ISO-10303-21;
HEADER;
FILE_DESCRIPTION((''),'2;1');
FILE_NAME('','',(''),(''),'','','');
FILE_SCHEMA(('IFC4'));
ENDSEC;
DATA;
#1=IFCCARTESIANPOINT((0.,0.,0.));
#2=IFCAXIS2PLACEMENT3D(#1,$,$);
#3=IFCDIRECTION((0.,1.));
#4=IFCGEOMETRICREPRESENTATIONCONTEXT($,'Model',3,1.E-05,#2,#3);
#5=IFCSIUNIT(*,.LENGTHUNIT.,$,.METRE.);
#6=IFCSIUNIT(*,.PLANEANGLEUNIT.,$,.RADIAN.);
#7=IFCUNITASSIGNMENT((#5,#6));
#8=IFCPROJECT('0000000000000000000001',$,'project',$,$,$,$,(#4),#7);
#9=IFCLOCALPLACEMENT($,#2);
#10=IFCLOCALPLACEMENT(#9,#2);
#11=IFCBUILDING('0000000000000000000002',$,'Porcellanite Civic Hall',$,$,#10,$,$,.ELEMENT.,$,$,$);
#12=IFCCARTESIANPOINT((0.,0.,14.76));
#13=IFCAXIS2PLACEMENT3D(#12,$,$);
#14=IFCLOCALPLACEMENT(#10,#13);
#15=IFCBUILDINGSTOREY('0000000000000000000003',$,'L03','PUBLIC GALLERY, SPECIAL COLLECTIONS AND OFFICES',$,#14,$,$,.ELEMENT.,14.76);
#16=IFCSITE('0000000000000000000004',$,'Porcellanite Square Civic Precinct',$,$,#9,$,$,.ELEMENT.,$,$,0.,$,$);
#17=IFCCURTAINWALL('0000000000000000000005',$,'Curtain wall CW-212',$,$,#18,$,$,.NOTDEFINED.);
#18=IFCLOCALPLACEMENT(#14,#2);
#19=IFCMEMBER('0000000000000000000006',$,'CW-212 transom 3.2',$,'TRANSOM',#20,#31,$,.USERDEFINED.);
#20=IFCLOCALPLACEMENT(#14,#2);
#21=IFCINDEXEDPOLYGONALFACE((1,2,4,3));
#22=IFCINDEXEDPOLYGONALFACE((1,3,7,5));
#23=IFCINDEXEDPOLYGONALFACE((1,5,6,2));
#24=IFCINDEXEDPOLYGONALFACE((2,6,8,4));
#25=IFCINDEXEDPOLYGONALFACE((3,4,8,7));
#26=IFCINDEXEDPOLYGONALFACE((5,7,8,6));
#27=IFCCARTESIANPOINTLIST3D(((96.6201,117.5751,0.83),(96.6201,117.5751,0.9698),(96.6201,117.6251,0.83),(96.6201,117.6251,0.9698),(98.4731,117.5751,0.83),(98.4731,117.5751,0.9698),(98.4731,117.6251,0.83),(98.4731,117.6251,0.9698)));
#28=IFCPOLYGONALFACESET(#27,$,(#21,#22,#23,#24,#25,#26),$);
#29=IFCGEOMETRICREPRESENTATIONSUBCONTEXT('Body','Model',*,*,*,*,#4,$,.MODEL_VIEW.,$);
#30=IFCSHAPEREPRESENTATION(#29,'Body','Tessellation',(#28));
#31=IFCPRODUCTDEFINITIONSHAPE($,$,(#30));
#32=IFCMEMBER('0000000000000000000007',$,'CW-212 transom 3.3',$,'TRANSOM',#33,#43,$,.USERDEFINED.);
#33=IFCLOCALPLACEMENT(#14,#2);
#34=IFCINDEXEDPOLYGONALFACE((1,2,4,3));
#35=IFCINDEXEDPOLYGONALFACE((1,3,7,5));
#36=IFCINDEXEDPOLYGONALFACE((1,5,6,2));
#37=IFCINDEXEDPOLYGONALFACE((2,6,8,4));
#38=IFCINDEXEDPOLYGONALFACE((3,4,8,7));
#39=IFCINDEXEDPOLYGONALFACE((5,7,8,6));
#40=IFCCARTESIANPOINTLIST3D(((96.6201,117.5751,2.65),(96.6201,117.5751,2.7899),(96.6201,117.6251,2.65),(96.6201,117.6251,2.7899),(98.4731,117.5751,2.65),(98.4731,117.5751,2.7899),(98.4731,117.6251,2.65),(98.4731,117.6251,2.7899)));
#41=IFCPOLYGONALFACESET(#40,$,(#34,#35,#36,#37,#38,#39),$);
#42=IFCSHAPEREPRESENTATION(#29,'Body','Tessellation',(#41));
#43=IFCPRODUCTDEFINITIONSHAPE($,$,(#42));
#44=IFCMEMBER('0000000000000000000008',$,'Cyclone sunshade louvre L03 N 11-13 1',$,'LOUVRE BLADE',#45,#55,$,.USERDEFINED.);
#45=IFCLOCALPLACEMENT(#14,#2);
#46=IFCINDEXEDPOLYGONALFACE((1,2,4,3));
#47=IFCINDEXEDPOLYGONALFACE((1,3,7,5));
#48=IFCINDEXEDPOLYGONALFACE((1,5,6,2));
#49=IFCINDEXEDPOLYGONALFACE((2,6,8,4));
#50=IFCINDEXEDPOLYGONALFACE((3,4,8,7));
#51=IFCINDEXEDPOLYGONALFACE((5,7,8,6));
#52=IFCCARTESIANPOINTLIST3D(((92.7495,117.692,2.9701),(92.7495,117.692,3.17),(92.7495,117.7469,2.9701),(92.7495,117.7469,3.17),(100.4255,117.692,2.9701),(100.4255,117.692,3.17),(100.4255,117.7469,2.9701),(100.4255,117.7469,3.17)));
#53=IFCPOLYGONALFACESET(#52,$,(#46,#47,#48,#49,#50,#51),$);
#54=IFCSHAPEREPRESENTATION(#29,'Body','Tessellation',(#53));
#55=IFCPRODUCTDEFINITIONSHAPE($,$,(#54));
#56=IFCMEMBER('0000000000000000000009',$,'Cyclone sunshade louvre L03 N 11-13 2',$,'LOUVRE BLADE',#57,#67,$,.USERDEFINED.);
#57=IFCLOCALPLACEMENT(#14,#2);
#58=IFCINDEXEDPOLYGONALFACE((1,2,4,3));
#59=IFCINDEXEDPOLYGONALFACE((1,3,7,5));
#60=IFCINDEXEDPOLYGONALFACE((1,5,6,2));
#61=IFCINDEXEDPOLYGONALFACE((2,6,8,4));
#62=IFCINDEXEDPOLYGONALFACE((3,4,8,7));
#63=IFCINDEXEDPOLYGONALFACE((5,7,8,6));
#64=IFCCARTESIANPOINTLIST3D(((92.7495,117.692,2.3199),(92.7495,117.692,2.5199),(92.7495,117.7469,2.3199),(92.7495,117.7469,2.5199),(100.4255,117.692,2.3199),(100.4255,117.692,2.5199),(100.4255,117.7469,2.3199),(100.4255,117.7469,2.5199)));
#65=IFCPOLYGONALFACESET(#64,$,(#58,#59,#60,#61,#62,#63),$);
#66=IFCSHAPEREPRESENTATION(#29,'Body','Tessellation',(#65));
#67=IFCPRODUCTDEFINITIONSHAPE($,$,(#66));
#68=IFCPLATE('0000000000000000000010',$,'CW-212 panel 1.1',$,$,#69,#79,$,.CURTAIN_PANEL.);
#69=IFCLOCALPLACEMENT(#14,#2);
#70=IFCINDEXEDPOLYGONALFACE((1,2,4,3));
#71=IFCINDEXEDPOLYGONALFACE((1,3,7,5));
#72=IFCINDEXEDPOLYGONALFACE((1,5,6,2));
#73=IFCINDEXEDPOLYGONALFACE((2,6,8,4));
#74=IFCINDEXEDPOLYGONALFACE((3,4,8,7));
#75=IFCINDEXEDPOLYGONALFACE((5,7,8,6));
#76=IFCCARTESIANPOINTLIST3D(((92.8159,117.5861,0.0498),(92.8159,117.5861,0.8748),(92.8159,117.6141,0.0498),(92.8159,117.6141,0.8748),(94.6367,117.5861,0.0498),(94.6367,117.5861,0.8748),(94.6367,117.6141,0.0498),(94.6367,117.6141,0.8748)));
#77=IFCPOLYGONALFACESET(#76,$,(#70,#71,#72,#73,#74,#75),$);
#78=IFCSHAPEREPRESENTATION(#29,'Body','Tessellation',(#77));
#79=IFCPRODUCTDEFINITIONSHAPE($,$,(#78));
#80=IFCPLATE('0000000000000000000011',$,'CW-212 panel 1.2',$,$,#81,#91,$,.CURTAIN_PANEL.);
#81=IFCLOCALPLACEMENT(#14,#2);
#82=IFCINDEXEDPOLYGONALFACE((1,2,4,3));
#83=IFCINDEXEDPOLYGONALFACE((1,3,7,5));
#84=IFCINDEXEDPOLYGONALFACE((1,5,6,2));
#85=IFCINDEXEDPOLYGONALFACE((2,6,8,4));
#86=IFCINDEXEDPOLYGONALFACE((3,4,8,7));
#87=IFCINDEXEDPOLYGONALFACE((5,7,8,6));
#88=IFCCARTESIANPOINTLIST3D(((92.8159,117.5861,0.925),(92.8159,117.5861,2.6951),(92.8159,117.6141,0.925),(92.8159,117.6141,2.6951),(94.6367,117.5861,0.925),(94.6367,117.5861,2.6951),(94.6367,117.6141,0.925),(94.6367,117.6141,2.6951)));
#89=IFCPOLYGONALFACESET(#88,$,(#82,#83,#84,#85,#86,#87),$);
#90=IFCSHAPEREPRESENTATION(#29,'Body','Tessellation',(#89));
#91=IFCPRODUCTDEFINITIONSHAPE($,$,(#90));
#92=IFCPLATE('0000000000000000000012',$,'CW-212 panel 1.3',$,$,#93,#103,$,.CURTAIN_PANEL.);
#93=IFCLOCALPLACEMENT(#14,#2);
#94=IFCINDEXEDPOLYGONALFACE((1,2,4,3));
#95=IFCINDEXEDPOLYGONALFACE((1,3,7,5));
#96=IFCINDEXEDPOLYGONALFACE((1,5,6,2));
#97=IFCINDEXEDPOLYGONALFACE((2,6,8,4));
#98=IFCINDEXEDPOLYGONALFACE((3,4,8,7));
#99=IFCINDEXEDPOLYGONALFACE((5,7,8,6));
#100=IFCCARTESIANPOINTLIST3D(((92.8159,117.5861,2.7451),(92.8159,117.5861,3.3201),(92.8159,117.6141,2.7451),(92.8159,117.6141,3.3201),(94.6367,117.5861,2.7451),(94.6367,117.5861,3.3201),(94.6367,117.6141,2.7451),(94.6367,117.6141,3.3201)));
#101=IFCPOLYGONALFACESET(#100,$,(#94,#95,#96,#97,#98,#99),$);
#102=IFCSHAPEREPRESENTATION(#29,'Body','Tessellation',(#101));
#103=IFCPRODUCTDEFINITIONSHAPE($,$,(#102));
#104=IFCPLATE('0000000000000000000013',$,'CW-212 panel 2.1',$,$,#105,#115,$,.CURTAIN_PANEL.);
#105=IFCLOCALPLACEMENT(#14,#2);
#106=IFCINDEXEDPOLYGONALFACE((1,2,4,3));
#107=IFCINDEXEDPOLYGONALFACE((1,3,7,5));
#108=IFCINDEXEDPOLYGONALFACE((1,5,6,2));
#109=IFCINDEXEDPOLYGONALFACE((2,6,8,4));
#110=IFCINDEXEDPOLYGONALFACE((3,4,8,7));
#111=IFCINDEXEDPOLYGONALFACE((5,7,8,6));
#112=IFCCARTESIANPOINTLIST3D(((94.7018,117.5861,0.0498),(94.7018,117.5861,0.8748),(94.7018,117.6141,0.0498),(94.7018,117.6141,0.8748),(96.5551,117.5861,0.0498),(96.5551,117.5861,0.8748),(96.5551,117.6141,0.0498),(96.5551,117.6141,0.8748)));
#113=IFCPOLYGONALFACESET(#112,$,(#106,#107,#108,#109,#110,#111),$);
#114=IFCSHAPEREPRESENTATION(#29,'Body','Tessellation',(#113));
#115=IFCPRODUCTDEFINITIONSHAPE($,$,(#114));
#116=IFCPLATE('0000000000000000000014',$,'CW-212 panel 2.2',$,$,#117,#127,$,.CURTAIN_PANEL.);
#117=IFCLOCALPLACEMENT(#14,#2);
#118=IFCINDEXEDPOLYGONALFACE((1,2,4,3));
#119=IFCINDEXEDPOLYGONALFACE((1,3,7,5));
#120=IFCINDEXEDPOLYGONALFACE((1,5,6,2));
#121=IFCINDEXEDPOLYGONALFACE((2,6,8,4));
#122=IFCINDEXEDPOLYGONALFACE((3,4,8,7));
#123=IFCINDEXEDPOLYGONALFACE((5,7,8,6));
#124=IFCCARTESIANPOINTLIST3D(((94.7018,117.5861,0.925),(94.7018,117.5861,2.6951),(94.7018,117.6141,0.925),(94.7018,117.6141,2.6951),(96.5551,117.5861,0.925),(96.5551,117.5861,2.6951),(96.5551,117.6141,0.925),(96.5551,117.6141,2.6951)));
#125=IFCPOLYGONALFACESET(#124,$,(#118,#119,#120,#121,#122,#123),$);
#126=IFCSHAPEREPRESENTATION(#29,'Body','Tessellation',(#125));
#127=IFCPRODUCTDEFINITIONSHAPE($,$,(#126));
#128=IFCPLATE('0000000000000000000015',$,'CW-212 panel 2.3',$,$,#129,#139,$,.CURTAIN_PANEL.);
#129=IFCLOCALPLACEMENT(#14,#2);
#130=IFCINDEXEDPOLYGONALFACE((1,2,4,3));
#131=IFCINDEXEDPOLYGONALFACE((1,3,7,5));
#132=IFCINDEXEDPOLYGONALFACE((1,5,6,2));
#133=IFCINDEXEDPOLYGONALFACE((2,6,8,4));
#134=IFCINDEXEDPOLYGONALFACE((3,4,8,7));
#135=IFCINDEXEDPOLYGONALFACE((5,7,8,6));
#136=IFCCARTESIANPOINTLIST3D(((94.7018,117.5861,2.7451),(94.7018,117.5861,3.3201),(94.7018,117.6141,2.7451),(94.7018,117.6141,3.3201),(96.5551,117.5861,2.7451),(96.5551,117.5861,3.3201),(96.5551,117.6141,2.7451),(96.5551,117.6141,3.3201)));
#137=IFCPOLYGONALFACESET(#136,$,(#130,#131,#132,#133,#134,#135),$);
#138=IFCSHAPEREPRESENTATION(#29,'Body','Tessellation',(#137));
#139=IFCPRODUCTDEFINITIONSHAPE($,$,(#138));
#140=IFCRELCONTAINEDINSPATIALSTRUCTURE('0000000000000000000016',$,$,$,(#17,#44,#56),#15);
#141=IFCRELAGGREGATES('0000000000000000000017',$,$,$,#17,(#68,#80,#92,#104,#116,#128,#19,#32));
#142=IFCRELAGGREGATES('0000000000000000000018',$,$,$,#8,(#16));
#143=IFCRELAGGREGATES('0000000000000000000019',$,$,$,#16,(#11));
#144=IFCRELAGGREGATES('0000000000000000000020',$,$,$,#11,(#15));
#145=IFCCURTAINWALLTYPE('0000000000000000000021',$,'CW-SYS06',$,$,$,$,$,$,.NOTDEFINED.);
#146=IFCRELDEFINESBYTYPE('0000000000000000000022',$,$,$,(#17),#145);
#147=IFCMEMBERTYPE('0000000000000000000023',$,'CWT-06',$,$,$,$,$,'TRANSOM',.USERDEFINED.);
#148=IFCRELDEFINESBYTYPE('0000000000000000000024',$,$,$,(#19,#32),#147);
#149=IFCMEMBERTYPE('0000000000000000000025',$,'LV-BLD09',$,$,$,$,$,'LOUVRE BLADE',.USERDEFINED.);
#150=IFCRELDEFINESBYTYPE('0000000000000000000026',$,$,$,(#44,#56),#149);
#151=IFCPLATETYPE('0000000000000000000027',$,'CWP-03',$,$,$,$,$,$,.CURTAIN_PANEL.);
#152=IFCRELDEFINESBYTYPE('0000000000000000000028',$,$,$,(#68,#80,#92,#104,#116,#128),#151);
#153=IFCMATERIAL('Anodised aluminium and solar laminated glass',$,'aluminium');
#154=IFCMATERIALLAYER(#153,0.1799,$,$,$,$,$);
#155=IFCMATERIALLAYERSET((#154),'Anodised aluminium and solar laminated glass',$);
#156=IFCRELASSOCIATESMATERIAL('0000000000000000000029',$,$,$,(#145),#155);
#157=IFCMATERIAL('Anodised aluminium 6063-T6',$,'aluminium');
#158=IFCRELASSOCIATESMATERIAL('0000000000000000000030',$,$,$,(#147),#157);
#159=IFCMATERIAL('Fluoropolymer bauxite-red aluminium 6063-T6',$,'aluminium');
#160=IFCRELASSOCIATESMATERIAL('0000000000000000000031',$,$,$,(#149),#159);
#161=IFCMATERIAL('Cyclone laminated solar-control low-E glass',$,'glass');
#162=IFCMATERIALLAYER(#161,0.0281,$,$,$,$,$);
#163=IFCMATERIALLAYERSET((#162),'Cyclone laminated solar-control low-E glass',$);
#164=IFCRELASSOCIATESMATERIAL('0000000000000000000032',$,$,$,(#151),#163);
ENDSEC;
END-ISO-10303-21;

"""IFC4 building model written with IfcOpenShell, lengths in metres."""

from ifc_helpers import new_model, si_unit, direction, frame, origin, origin_2d, place, context, subcontext, project, spatial, rectangle, extrude, material, layer, layer_set, material_profile, profile_set, type_object, element, aggregate, save


model = new_model("IFC4")

# Units and contexts
model_context = context("Model", 3, precision=1e-05, world=origin(), true_north=direction((0.0, 1.0)))
body_context = subcontext(model_context, "Body", "Model", "MODEL_VIEW")
ifc_project = project(units=[si_unit("LENGTHUNIT", "METRE"), si_unit("PLANEANGLEUNIT", "RADIAN")], contexts=[model_context])

# Site, building, storey
site_placement = place(None, origin())
site = spatial("IfcSite", under=ifc_project, at=site_placement, Name="Porcellanite Square Civic Precinct", CompositionType="ELEMENT", RefElevation=0.0)
building_placement = place(site_placement, origin())
building = spatial("IfcBuilding", under=site, at=building_placement, Name="Porcellanite Civic Hall", CompositionType="ELEMENT")
storey_placement = place(building_placement, frame((0.0, 0.0, 14.76)))
storey = spatial("IfcBuildingStorey", under=building, at=storey_placement, Name="L03", Description="PUBLIC GALLERY, SPECIAL COLLECTIONS AND OFFICES", CompositionType="ELEMENT", Elevation=14.76)

# Curtain wall, members
ifc_material_1 = material(Name="Anodised aluminium and solar laminated glass", Category="aluminium")
ifc_layer_1 = layer(ifc_material_1, 0.1799)
ifc_layer_set_1 = layer_set([ifc_layer_1], Name="Anodised aluminium and solar laminated glass")
curtain_wall_type = type_object("IfcCurtainWallType", Name="CW-SYS06", PredefinedType="NOTDEFINED", material=ifc_layer_set_1)
curtain_wall_placement = place(storey_placement, origin())
curtain_wall = element("IfcCurtainWall", 1, at=curtain_wall_placement, inside=storey, type_object=curtain_wall_type, Name="Curtain wall CW-212", PredefinedType="NOTDEFINED")
ifc_material_2 = material(Name="Anodised aluminium 6063-T6", Category="aluminium")
ifc_material_profile_1 = material_profile(ifc_material_2, rectangle(XDim=0.05, YDim=0.1399, at=origin_2d()), Name="AL-50x140")
ifc_profile_set_1 = profile_set([ifc_material_profile_1], Name="Anodised aluminium 6063-T6")
member_type_1 = type_object("IfcMemberType", Name="CWT-06", ElementType="TRANSOM", PredefinedType="USERDEFINED", material=ifc_profile_set_1)
member_1_placement = place(storey_placement, frame((96.6201, 117.6001, 0.8999), z_axis=(1.0, 0.0, 0.0), x_axis=(0.0, 1.0, 0.0)))
member_1 = element("IfcMember", 2, at=member_1_placement, type_object=member_type_1, Name="CW-212 transom 3.2", ObjectType="TRANSOM", PredefinedType="USERDEFINED", context=body_context, shape_type="SweptSolid", body=[
    extrude(rectangle(XDim=0.05, YDim=0.1399, at=origin_2d()), origin(), (0.0, 0.0, 1.0), 1.853),
])
member_2_placement = place(storey_placement, frame((96.6201, 117.6001, 2.72), z_axis=(1.0, 0.0, 0.0), x_axis=(0.0, 1.0, 0.0)))
member_2 = element("IfcMember", 3, at=member_2_placement, type_object=member_type_1, Name="CW-212 transom 3.3", ObjectType="TRANSOM", PredefinedType="USERDEFINED", context=body_context, shape_type="SweptSolid", body=[
    extrude(rectangle(XDim=0.05, YDim=0.1399, at=origin_2d()), origin(), (0.0, 0.0, 1.0), 1.853),
])

# Members
ifc_material_3 = material(Name="Fluoropolymer bauxite-red aluminium 6063-T6", Category="aluminium")
ifc_material_profile_2 = material_profile(ifc_material_3, rectangle(XDim=0.0549, YDim=0.2, at=origin_2d()), Name="AL-55x200")
ifc_profile_set_2 = profile_set([ifc_material_profile_2], Name="Fluoropolymer bauxite-red aluminium 6063-T6")
member_type_2 = type_object("IfcMemberType", Name="LV-BLD09", ElementType="LOUVRE BLADE", PredefinedType="USERDEFINED", material=ifc_profile_set_2)
for number, where, z_axis, x_axis, name in (
    (4, (92.7495, 117.7195, 3.0701), (1.0, 0.0, 0.0), (0.0, 1.0, 0.0), "Cyclone sunshade louvre L03 N 11-13 1"),
    (5, (92.7495, 117.7195, 2.4199), (1.0, 0.0, 0.0), (0.0, 1.0, 0.0), "Cyclone sunshade louvre L03 N 11-13 2"),
):
    element("IfcMember", number, at=place(storey_placement, frame(where, z_axis=z_axis, x_axis=x_axis)), inside=storey, type_object=member_type_2, Name=name, ObjectType="LOUVRE BLADE", PredefinedType="USERDEFINED", context=body_context, shape_type="SweptSolid", body=[
        extrude(rectangle(XDim=0.0549, YDim=0.2, at=origin_2d()), origin(), (0.0, 0.0, 1.0), 7.676),
    ])

# Plates
ifc_material_4 = material(Name="Cyclone laminated solar-control low-E glass", Category="glass")
ifc_layer_2 = layer(ifc_material_4, 0.0281)
ifc_layer_set_2 = layer_set([ifc_layer_2], Name="Cyclone laminated solar-control low-E glass")
plate_type = type_object("IfcPlateType", Name="CWP-03", PredefinedType="CURTAIN_PANEL", material=ifc_layer_set_2)
plate_1_placement = place(storey_placement, frame((93.7263, 117.6001, 0.0498), z_axis=(0.0, 0.0, 1.0), x_axis=(1.0, 0.0, 0.0)))
plate_1 = element("IfcPlate", 6, at=plate_1_placement, type_object=plate_type, Name="CW-212 panel 1.1", PredefinedType="CURTAIN_PANEL", context=body_context, shape_type="SweptSolid", body=[
    extrude(rectangle(XDim=1.8208, YDim=0.0281, at=origin_2d()), origin(), (0.0, 0.0, 1.0), 0.825),
])
plate_2_placement = place(storey_placement, frame((93.7263, 117.6001, 0.925), z_axis=(0.0, 0.0, 1.0), x_axis=(1.0, 0.0, 0.0)))
plate_2 = element("IfcPlate", 7, at=plate_2_placement, type_object=plate_type, Name="CW-212 panel 1.2", PredefinedType="CURTAIN_PANEL", context=body_context, shape_type="SweptSolid", body=[
    extrude(rectangle(XDim=1.8208, YDim=0.0281, at=origin_2d()), origin(), (0.0, 0.0, 1.0), 1.77),
])
plate_3_placement = place(storey_placement, frame((93.7263, 117.6001, 2.7451), z_axis=(0.0, 0.0, 1.0), x_axis=(1.0, 0.0, 0.0)))
plate_3 = element("IfcPlate", 8, at=plate_3_placement, type_object=plate_type, Name="CW-212 panel 1.3", PredefinedType="CURTAIN_PANEL", context=body_context, shape_type="SweptSolid", body=[
    extrude(rectangle(XDim=1.8208, YDim=0.0281, at=origin_2d()), origin(), (0.0, 0.0, 1.0), 0.575),
])
plate_4_placement = place(storey_placement, frame((95.6284, 117.6001, 0.0498), z_axis=(0.0, 0.0, 1.0), x_axis=(1.0, 0.0, 0.0)))
plate_4 = element("IfcPlate", 9, at=plate_4_placement, type_object=plate_type, Name="CW-212 panel 2.1", PredefinedType="CURTAIN_PANEL", context=body_context, shape_type="SweptSolid", body=[
    extrude(rectangle(XDim=1.8533, YDim=0.0281, at=origin_2d()), origin(), (0.0, 0.0, 1.0), 0.825),
])
plate_5_placement = place(storey_placement, frame((95.6284, 117.6001, 0.925), z_axis=(0.0, 0.0, 1.0), x_axis=(1.0, 0.0, 0.0)))
plate_5 = element("IfcPlate", 10, at=plate_5_placement, type_object=plate_type, Name="CW-212 panel 2.2", PredefinedType="CURTAIN_PANEL", context=body_context, shape_type="SweptSolid", body=[
    extrude(rectangle(XDim=1.8533, YDim=0.0281, at=origin_2d()), origin(), (0.0, 0.0, 1.0), 1.77),
])
plate_6_placement = place(storey_placement, frame((95.6284, 117.6001, 2.7451), z_axis=(0.0, 0.0, 1.0), x_axis=(1.0, 0.0, 0.0)))
plate_6 = element("IfcPlate", 11, at=plate_6_placement, type_object=plate_type, Name="CW-212 panel 2.3", PredefinedType="CURTAIN_PANEL", context=body_context, shape_type="SweptSolid", body=[
    extrude(rectangle(XDim=1.8533, YDim=0.0281, at=origin_2d()), origin(), (0.0, 0.0, 1.0), 0.575),
])
aggregate(curtain_wall, [plate_1, plate_2, plate_3, plate_4, plate_5, plate_6, member_1, member_2])

save(model, "model.ifc")
